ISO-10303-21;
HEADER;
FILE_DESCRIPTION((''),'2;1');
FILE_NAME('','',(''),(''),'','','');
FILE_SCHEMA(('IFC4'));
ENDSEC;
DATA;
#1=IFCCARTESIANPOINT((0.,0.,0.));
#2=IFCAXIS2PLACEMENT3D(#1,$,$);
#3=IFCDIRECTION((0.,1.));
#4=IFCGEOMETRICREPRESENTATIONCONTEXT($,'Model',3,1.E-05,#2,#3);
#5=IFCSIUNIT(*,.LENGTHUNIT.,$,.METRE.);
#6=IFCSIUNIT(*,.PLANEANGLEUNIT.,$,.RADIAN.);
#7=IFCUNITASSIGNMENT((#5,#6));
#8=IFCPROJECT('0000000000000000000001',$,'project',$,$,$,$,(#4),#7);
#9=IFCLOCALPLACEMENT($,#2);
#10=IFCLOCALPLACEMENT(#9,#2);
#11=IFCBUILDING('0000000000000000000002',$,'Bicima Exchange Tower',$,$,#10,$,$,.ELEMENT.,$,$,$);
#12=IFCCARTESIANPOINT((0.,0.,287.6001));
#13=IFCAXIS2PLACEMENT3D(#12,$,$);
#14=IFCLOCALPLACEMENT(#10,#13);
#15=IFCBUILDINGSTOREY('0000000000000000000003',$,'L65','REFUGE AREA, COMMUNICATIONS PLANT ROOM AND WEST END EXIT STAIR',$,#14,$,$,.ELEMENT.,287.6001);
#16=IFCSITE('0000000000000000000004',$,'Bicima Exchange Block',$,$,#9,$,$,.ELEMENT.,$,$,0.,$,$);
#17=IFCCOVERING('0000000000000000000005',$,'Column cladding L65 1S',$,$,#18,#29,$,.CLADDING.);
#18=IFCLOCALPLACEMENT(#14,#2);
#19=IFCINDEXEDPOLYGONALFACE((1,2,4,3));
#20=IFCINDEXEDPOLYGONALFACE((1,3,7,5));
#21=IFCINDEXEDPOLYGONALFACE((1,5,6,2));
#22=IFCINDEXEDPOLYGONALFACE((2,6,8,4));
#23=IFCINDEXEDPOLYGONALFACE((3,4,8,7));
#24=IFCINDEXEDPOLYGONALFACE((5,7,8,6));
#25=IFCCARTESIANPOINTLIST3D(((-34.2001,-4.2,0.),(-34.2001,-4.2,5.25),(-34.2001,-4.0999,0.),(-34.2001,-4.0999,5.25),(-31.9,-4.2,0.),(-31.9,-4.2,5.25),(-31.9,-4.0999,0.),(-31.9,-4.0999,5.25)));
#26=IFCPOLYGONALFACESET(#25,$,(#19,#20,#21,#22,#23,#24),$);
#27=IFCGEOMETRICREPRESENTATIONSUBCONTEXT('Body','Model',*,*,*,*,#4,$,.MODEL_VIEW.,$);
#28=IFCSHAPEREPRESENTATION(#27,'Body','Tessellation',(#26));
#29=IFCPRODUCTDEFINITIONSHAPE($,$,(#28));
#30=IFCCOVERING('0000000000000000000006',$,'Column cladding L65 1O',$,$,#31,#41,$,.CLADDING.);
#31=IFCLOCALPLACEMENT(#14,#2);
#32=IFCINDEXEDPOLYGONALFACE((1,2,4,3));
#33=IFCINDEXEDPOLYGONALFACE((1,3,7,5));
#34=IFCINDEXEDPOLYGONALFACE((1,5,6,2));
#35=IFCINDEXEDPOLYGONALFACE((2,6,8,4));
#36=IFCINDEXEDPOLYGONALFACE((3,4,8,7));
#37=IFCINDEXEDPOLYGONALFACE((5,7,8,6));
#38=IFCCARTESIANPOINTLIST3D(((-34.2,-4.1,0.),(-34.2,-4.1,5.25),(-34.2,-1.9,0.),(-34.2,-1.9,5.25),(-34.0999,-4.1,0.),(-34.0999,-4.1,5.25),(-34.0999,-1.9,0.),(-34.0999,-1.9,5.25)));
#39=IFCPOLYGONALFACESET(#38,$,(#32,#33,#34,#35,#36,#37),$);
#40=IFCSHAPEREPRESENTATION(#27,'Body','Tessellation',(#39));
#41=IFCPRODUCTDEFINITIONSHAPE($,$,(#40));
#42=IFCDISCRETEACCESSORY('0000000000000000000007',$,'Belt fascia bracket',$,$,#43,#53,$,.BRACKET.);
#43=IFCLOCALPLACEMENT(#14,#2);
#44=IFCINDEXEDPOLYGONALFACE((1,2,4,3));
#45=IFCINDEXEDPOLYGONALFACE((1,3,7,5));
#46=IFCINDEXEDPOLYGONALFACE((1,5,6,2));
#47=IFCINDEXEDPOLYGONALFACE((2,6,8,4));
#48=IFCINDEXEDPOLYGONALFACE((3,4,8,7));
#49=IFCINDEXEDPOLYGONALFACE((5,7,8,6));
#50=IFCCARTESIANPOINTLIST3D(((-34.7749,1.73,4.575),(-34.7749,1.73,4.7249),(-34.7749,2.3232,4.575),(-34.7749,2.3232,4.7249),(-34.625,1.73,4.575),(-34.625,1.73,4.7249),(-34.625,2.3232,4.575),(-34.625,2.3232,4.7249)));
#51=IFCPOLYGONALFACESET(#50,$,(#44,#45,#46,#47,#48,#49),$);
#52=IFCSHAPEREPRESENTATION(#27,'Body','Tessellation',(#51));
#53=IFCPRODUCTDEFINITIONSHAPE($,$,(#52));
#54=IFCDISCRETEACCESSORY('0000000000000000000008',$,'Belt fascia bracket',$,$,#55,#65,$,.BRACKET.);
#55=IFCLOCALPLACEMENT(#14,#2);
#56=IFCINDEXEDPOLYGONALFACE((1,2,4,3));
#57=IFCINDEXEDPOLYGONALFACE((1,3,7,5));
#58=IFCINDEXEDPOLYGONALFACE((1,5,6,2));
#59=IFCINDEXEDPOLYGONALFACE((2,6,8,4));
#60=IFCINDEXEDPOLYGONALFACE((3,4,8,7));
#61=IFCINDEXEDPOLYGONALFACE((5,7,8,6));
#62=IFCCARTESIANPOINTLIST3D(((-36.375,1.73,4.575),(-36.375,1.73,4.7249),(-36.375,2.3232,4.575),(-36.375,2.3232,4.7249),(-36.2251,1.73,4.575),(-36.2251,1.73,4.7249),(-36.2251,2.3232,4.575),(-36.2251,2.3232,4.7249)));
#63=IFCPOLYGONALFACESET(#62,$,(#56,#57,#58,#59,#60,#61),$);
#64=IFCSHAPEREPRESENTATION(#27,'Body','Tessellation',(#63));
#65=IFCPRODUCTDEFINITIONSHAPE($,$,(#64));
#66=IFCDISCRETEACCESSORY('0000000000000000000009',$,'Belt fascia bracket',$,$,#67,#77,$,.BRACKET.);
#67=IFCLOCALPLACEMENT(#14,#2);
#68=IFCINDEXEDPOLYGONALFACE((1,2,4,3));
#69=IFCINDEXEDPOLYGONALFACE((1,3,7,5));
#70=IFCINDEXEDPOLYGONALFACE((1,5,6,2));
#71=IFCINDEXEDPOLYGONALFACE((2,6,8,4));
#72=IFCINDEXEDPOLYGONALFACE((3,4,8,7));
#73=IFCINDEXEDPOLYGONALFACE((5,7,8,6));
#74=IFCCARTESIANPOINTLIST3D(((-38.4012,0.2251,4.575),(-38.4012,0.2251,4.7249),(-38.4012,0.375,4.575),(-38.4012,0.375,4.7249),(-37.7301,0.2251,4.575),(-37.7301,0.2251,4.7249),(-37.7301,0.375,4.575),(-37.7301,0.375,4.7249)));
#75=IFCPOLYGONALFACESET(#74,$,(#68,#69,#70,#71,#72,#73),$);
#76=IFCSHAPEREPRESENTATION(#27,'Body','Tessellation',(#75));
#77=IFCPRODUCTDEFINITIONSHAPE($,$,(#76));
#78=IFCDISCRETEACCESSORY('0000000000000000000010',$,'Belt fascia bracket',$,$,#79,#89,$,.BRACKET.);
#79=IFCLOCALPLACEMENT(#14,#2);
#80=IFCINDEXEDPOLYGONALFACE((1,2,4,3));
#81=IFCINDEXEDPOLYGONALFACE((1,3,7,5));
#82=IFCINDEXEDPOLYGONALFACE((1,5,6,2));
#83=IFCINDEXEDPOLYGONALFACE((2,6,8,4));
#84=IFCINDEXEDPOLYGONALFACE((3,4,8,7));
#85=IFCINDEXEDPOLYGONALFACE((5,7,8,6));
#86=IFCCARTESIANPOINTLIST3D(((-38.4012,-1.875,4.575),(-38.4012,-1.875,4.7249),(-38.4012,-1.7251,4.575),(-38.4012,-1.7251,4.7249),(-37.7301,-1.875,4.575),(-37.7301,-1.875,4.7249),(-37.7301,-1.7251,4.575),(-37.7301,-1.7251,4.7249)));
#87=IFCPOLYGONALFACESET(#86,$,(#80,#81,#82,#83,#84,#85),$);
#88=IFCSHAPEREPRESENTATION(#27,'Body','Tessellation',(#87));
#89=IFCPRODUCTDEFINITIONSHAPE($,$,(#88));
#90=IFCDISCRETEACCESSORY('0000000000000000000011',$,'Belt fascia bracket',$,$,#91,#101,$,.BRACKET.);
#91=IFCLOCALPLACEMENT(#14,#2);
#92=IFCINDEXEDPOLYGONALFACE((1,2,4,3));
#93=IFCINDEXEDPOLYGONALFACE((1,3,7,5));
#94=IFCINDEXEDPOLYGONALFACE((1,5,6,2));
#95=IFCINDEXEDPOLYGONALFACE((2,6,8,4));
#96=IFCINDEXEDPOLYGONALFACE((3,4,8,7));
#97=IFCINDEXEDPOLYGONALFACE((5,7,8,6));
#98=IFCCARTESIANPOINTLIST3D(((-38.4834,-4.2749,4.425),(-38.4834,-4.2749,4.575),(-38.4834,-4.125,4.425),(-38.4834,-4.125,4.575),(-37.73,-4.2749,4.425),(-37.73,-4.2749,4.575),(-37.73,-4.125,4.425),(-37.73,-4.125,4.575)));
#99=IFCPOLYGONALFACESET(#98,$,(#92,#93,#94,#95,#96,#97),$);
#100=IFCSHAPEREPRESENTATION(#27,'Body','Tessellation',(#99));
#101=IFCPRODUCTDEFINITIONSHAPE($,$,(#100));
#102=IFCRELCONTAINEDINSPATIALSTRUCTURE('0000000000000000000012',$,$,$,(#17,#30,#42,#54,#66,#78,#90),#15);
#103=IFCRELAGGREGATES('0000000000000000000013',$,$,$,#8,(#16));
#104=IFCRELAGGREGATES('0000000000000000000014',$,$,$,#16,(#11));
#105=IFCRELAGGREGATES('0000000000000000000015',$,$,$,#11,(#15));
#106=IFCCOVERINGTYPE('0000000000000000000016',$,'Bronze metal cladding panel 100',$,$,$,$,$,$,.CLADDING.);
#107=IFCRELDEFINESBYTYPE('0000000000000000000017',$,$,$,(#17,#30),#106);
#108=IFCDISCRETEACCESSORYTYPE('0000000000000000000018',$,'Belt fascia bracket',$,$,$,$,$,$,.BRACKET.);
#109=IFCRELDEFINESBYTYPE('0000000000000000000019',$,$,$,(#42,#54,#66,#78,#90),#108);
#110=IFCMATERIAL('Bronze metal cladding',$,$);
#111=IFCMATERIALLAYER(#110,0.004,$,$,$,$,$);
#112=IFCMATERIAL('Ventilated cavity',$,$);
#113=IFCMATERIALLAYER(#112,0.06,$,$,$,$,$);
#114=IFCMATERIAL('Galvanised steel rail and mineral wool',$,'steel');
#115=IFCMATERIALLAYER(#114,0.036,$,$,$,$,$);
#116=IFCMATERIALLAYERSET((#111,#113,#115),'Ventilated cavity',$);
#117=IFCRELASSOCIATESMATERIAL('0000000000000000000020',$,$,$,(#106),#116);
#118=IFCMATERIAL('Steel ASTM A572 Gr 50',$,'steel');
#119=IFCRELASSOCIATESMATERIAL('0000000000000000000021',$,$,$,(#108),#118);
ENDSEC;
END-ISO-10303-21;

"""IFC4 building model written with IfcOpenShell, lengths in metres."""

from ifc_helpers import new_model, si_unit, direction, frame, origin, origin_2d, place, context, subcontext, project, spatial, rectangle, extrude, material, layer, layer_set, type_object, element, save


model = new_model("IFC4")

# Units and contexts
model_context = context("Model", 3, precision=1e-05, world=origin(), true_north=direction((0.0, 1.0)))
body_context = subcontext(model_context, "Body", "Model", "MODEL_VIEW")
ifc_project = project(units=[si_unit("LENGTHUNIT", "METRE"), si_unit("PLANEANGLEUNIT", "RADIAN")], contexts=[model_context])

# Site, building, storey
site_placement = place(None, origin())
site = spatial("IfcSite", under=ifc_project, at=site_placement, Name="Bicima Exchange Block", CompositionType="ELEMENT", RefElevation=0.0)
building_placement = place(site_placement, origin())
building = spatial("IfcBuilding", under=site, at=building_placement, Name="Bicima Exchange Tower", CompositionType="ELEMENT")
storey_placement = place(building_placement, frame((0.0, 0.0, 287.6001)))
storey = spatial("IfcBuildingStorey", under=building, at=storey_placement, Name="L65", Description="REFUGE AREA, COMMUNICATIONS PLANT ROOM AND WEST END EXIT STAIR", CompositionType="ELEMENT", Elevation=287.6001)

# Shared definitions
ifc_material_1 = material(Name="Steel ASTM A572 Gr 50", Category="steel")

# Coverings
ifc_material_2 = material(Name="Bronze metal cladding")
ifc_layer_1 = layer(ifc_material_2, 0.004)
ifc_material_3 = material(Name="Ventilated cavity")
ifc_layer_2 = layer(ifc_material_3, 0.06)
ifc_material_4 = material(Name="Galvanised steel rail and mineral wool", Category="steel")
ifc_layer_3 = layer(ifc_material_4, 0.036)
ifc_layer_set_1 = layer_set([ifc_layer_1, ifc_layer_2, ifc_layer_3], Name="Ventilated cavity")
covering_type = type_object("IfcCoveringType", Name="Bronze metal cladding panel 100", PredefinedType="CLADDING", material=ifc_layer_set_1)
for number, where, z_axis, x_axis, name in (
    (1, (-33.05, -4.1499, 0.0), (0.0, 0.0, 1.0), (1.0, 0.0, 0.0), "Column cladding L65 1S"),
):
    element("IfcCovering", number, at=place(storey_placement, frame(where, z_axis=z_axis, x_axis=x_axis)), inside=storey, type_object=covering_type, Name=name, PredefinedType="CLADDING", context=body_context, shape_type="SweptSolid", body=[
        extrude(rectangle(XDim=2.3, YDim=0.1001, at=origin_2d()), origin(), (0.0, 0.0, 1.0), 5.25),
    ])
covering_1_placement = place(storey_placement, frame((-34.1499, -3.0, 0.0), z_axis=(0.0, 0.0, 1.0), x_axis=(1.0, 0.0, 0.0)))
element("IfcCovering", 2, at=covering_1_placement, inside=storey, type_object=covering_type, Name="Column cladding L65 1O", PredefinedType="CLADDING", context=body_context, shape_type="SweptSolid", body=[
    extrude(rectangle(XDim=0.1001, YDim=2.2, at=origin_2d()), origin(), (0.0, 0.0, 1.0), 5.25),
])

# Discrete accessories
discrete_accessory_type = type_object("IfcDiscreteAccessoryType", Name="Belt fascia bracket", PredefinedType="BRACKET", material=ifc_material_1)
for number, where, z_axis, x_axis, name in (
    (3, (-34.7, 2.0266, 4.575), (0.0, 0.0, 1.0), (-1.0, 0.0, 0.0), "Belt fascia bracket"),
    (4, (-36.3, 2.0266, 4.575), (0.0, 0.0, 1.0), (-1.0, 0.0, 0.0), "Belt fascia bracket"),
):
    element("IfcDiscreteAccessory", number, at=place(storey_placement, frame(where, z_axis=z_axis, x_axis=x_axis)), inside=storey, type_object=discrete_accessory_type, Name=name, PredefinedType="BRACKET", context=body_context, shape_type="SweptSolid", body=[
        extrude(rectangle(XDim=0.1499, YDim=0.5933, at=origin_2d()), origin(), (0.0, 0.0, 1.0), 0.1499),
    ])
for number, where, z_axis, x_axis, name in (
    (5, (-38.0657, 0.3, 4.575), (0.0, 0.0, 1.0), (0.0, -1.0, 0.0), "Belt fascia bracket"),
    (6, (-38.0657, -1.8, 4.575), (0.0, 0.0, 1.0), (0.0, -1.0, 0.0), "Belt fascia bracket"),
):
    element("IfcDiscreteAccessory", number, at=place(storey_placement, frame(where, z_axis=z_axis, x_axis=x_axis)), inside=storey, type_object=discrete_accessory_type, Name=name, PredefinedType="BRACKET", context=body_context, shape_type="SweptSolid", body=[
        extrude(rectangle(XDim=0.1499, YDim=0.6711, at=origin_2d()), origin(), (0.0, 0.0, 1.0), 0.1499),
    ])
discrete_accessory_placement = place(storey_placement, frame((-38.1067, -4.2, 4.425), z_axis=(0.0, 0.0, 1.0), x_axis=(0.0, -1.0, 0.0)))
element("IfcDiscreteAccessory", 7, at=discrete_accessory_placement, inside=storey, type_object=discrete_accessory_type, Name="Belt fascia bracket", PredefinedType="BRACKET", context=body_context, shape_type="SweptSolid", body=[
    extrude(rectangle(XDim=0.1499, YDim=0.7534, at=origin_2d()), origin(), (0.0, 0.0, 1.0), 0.1499),
])

save(model, "model.ifc")
